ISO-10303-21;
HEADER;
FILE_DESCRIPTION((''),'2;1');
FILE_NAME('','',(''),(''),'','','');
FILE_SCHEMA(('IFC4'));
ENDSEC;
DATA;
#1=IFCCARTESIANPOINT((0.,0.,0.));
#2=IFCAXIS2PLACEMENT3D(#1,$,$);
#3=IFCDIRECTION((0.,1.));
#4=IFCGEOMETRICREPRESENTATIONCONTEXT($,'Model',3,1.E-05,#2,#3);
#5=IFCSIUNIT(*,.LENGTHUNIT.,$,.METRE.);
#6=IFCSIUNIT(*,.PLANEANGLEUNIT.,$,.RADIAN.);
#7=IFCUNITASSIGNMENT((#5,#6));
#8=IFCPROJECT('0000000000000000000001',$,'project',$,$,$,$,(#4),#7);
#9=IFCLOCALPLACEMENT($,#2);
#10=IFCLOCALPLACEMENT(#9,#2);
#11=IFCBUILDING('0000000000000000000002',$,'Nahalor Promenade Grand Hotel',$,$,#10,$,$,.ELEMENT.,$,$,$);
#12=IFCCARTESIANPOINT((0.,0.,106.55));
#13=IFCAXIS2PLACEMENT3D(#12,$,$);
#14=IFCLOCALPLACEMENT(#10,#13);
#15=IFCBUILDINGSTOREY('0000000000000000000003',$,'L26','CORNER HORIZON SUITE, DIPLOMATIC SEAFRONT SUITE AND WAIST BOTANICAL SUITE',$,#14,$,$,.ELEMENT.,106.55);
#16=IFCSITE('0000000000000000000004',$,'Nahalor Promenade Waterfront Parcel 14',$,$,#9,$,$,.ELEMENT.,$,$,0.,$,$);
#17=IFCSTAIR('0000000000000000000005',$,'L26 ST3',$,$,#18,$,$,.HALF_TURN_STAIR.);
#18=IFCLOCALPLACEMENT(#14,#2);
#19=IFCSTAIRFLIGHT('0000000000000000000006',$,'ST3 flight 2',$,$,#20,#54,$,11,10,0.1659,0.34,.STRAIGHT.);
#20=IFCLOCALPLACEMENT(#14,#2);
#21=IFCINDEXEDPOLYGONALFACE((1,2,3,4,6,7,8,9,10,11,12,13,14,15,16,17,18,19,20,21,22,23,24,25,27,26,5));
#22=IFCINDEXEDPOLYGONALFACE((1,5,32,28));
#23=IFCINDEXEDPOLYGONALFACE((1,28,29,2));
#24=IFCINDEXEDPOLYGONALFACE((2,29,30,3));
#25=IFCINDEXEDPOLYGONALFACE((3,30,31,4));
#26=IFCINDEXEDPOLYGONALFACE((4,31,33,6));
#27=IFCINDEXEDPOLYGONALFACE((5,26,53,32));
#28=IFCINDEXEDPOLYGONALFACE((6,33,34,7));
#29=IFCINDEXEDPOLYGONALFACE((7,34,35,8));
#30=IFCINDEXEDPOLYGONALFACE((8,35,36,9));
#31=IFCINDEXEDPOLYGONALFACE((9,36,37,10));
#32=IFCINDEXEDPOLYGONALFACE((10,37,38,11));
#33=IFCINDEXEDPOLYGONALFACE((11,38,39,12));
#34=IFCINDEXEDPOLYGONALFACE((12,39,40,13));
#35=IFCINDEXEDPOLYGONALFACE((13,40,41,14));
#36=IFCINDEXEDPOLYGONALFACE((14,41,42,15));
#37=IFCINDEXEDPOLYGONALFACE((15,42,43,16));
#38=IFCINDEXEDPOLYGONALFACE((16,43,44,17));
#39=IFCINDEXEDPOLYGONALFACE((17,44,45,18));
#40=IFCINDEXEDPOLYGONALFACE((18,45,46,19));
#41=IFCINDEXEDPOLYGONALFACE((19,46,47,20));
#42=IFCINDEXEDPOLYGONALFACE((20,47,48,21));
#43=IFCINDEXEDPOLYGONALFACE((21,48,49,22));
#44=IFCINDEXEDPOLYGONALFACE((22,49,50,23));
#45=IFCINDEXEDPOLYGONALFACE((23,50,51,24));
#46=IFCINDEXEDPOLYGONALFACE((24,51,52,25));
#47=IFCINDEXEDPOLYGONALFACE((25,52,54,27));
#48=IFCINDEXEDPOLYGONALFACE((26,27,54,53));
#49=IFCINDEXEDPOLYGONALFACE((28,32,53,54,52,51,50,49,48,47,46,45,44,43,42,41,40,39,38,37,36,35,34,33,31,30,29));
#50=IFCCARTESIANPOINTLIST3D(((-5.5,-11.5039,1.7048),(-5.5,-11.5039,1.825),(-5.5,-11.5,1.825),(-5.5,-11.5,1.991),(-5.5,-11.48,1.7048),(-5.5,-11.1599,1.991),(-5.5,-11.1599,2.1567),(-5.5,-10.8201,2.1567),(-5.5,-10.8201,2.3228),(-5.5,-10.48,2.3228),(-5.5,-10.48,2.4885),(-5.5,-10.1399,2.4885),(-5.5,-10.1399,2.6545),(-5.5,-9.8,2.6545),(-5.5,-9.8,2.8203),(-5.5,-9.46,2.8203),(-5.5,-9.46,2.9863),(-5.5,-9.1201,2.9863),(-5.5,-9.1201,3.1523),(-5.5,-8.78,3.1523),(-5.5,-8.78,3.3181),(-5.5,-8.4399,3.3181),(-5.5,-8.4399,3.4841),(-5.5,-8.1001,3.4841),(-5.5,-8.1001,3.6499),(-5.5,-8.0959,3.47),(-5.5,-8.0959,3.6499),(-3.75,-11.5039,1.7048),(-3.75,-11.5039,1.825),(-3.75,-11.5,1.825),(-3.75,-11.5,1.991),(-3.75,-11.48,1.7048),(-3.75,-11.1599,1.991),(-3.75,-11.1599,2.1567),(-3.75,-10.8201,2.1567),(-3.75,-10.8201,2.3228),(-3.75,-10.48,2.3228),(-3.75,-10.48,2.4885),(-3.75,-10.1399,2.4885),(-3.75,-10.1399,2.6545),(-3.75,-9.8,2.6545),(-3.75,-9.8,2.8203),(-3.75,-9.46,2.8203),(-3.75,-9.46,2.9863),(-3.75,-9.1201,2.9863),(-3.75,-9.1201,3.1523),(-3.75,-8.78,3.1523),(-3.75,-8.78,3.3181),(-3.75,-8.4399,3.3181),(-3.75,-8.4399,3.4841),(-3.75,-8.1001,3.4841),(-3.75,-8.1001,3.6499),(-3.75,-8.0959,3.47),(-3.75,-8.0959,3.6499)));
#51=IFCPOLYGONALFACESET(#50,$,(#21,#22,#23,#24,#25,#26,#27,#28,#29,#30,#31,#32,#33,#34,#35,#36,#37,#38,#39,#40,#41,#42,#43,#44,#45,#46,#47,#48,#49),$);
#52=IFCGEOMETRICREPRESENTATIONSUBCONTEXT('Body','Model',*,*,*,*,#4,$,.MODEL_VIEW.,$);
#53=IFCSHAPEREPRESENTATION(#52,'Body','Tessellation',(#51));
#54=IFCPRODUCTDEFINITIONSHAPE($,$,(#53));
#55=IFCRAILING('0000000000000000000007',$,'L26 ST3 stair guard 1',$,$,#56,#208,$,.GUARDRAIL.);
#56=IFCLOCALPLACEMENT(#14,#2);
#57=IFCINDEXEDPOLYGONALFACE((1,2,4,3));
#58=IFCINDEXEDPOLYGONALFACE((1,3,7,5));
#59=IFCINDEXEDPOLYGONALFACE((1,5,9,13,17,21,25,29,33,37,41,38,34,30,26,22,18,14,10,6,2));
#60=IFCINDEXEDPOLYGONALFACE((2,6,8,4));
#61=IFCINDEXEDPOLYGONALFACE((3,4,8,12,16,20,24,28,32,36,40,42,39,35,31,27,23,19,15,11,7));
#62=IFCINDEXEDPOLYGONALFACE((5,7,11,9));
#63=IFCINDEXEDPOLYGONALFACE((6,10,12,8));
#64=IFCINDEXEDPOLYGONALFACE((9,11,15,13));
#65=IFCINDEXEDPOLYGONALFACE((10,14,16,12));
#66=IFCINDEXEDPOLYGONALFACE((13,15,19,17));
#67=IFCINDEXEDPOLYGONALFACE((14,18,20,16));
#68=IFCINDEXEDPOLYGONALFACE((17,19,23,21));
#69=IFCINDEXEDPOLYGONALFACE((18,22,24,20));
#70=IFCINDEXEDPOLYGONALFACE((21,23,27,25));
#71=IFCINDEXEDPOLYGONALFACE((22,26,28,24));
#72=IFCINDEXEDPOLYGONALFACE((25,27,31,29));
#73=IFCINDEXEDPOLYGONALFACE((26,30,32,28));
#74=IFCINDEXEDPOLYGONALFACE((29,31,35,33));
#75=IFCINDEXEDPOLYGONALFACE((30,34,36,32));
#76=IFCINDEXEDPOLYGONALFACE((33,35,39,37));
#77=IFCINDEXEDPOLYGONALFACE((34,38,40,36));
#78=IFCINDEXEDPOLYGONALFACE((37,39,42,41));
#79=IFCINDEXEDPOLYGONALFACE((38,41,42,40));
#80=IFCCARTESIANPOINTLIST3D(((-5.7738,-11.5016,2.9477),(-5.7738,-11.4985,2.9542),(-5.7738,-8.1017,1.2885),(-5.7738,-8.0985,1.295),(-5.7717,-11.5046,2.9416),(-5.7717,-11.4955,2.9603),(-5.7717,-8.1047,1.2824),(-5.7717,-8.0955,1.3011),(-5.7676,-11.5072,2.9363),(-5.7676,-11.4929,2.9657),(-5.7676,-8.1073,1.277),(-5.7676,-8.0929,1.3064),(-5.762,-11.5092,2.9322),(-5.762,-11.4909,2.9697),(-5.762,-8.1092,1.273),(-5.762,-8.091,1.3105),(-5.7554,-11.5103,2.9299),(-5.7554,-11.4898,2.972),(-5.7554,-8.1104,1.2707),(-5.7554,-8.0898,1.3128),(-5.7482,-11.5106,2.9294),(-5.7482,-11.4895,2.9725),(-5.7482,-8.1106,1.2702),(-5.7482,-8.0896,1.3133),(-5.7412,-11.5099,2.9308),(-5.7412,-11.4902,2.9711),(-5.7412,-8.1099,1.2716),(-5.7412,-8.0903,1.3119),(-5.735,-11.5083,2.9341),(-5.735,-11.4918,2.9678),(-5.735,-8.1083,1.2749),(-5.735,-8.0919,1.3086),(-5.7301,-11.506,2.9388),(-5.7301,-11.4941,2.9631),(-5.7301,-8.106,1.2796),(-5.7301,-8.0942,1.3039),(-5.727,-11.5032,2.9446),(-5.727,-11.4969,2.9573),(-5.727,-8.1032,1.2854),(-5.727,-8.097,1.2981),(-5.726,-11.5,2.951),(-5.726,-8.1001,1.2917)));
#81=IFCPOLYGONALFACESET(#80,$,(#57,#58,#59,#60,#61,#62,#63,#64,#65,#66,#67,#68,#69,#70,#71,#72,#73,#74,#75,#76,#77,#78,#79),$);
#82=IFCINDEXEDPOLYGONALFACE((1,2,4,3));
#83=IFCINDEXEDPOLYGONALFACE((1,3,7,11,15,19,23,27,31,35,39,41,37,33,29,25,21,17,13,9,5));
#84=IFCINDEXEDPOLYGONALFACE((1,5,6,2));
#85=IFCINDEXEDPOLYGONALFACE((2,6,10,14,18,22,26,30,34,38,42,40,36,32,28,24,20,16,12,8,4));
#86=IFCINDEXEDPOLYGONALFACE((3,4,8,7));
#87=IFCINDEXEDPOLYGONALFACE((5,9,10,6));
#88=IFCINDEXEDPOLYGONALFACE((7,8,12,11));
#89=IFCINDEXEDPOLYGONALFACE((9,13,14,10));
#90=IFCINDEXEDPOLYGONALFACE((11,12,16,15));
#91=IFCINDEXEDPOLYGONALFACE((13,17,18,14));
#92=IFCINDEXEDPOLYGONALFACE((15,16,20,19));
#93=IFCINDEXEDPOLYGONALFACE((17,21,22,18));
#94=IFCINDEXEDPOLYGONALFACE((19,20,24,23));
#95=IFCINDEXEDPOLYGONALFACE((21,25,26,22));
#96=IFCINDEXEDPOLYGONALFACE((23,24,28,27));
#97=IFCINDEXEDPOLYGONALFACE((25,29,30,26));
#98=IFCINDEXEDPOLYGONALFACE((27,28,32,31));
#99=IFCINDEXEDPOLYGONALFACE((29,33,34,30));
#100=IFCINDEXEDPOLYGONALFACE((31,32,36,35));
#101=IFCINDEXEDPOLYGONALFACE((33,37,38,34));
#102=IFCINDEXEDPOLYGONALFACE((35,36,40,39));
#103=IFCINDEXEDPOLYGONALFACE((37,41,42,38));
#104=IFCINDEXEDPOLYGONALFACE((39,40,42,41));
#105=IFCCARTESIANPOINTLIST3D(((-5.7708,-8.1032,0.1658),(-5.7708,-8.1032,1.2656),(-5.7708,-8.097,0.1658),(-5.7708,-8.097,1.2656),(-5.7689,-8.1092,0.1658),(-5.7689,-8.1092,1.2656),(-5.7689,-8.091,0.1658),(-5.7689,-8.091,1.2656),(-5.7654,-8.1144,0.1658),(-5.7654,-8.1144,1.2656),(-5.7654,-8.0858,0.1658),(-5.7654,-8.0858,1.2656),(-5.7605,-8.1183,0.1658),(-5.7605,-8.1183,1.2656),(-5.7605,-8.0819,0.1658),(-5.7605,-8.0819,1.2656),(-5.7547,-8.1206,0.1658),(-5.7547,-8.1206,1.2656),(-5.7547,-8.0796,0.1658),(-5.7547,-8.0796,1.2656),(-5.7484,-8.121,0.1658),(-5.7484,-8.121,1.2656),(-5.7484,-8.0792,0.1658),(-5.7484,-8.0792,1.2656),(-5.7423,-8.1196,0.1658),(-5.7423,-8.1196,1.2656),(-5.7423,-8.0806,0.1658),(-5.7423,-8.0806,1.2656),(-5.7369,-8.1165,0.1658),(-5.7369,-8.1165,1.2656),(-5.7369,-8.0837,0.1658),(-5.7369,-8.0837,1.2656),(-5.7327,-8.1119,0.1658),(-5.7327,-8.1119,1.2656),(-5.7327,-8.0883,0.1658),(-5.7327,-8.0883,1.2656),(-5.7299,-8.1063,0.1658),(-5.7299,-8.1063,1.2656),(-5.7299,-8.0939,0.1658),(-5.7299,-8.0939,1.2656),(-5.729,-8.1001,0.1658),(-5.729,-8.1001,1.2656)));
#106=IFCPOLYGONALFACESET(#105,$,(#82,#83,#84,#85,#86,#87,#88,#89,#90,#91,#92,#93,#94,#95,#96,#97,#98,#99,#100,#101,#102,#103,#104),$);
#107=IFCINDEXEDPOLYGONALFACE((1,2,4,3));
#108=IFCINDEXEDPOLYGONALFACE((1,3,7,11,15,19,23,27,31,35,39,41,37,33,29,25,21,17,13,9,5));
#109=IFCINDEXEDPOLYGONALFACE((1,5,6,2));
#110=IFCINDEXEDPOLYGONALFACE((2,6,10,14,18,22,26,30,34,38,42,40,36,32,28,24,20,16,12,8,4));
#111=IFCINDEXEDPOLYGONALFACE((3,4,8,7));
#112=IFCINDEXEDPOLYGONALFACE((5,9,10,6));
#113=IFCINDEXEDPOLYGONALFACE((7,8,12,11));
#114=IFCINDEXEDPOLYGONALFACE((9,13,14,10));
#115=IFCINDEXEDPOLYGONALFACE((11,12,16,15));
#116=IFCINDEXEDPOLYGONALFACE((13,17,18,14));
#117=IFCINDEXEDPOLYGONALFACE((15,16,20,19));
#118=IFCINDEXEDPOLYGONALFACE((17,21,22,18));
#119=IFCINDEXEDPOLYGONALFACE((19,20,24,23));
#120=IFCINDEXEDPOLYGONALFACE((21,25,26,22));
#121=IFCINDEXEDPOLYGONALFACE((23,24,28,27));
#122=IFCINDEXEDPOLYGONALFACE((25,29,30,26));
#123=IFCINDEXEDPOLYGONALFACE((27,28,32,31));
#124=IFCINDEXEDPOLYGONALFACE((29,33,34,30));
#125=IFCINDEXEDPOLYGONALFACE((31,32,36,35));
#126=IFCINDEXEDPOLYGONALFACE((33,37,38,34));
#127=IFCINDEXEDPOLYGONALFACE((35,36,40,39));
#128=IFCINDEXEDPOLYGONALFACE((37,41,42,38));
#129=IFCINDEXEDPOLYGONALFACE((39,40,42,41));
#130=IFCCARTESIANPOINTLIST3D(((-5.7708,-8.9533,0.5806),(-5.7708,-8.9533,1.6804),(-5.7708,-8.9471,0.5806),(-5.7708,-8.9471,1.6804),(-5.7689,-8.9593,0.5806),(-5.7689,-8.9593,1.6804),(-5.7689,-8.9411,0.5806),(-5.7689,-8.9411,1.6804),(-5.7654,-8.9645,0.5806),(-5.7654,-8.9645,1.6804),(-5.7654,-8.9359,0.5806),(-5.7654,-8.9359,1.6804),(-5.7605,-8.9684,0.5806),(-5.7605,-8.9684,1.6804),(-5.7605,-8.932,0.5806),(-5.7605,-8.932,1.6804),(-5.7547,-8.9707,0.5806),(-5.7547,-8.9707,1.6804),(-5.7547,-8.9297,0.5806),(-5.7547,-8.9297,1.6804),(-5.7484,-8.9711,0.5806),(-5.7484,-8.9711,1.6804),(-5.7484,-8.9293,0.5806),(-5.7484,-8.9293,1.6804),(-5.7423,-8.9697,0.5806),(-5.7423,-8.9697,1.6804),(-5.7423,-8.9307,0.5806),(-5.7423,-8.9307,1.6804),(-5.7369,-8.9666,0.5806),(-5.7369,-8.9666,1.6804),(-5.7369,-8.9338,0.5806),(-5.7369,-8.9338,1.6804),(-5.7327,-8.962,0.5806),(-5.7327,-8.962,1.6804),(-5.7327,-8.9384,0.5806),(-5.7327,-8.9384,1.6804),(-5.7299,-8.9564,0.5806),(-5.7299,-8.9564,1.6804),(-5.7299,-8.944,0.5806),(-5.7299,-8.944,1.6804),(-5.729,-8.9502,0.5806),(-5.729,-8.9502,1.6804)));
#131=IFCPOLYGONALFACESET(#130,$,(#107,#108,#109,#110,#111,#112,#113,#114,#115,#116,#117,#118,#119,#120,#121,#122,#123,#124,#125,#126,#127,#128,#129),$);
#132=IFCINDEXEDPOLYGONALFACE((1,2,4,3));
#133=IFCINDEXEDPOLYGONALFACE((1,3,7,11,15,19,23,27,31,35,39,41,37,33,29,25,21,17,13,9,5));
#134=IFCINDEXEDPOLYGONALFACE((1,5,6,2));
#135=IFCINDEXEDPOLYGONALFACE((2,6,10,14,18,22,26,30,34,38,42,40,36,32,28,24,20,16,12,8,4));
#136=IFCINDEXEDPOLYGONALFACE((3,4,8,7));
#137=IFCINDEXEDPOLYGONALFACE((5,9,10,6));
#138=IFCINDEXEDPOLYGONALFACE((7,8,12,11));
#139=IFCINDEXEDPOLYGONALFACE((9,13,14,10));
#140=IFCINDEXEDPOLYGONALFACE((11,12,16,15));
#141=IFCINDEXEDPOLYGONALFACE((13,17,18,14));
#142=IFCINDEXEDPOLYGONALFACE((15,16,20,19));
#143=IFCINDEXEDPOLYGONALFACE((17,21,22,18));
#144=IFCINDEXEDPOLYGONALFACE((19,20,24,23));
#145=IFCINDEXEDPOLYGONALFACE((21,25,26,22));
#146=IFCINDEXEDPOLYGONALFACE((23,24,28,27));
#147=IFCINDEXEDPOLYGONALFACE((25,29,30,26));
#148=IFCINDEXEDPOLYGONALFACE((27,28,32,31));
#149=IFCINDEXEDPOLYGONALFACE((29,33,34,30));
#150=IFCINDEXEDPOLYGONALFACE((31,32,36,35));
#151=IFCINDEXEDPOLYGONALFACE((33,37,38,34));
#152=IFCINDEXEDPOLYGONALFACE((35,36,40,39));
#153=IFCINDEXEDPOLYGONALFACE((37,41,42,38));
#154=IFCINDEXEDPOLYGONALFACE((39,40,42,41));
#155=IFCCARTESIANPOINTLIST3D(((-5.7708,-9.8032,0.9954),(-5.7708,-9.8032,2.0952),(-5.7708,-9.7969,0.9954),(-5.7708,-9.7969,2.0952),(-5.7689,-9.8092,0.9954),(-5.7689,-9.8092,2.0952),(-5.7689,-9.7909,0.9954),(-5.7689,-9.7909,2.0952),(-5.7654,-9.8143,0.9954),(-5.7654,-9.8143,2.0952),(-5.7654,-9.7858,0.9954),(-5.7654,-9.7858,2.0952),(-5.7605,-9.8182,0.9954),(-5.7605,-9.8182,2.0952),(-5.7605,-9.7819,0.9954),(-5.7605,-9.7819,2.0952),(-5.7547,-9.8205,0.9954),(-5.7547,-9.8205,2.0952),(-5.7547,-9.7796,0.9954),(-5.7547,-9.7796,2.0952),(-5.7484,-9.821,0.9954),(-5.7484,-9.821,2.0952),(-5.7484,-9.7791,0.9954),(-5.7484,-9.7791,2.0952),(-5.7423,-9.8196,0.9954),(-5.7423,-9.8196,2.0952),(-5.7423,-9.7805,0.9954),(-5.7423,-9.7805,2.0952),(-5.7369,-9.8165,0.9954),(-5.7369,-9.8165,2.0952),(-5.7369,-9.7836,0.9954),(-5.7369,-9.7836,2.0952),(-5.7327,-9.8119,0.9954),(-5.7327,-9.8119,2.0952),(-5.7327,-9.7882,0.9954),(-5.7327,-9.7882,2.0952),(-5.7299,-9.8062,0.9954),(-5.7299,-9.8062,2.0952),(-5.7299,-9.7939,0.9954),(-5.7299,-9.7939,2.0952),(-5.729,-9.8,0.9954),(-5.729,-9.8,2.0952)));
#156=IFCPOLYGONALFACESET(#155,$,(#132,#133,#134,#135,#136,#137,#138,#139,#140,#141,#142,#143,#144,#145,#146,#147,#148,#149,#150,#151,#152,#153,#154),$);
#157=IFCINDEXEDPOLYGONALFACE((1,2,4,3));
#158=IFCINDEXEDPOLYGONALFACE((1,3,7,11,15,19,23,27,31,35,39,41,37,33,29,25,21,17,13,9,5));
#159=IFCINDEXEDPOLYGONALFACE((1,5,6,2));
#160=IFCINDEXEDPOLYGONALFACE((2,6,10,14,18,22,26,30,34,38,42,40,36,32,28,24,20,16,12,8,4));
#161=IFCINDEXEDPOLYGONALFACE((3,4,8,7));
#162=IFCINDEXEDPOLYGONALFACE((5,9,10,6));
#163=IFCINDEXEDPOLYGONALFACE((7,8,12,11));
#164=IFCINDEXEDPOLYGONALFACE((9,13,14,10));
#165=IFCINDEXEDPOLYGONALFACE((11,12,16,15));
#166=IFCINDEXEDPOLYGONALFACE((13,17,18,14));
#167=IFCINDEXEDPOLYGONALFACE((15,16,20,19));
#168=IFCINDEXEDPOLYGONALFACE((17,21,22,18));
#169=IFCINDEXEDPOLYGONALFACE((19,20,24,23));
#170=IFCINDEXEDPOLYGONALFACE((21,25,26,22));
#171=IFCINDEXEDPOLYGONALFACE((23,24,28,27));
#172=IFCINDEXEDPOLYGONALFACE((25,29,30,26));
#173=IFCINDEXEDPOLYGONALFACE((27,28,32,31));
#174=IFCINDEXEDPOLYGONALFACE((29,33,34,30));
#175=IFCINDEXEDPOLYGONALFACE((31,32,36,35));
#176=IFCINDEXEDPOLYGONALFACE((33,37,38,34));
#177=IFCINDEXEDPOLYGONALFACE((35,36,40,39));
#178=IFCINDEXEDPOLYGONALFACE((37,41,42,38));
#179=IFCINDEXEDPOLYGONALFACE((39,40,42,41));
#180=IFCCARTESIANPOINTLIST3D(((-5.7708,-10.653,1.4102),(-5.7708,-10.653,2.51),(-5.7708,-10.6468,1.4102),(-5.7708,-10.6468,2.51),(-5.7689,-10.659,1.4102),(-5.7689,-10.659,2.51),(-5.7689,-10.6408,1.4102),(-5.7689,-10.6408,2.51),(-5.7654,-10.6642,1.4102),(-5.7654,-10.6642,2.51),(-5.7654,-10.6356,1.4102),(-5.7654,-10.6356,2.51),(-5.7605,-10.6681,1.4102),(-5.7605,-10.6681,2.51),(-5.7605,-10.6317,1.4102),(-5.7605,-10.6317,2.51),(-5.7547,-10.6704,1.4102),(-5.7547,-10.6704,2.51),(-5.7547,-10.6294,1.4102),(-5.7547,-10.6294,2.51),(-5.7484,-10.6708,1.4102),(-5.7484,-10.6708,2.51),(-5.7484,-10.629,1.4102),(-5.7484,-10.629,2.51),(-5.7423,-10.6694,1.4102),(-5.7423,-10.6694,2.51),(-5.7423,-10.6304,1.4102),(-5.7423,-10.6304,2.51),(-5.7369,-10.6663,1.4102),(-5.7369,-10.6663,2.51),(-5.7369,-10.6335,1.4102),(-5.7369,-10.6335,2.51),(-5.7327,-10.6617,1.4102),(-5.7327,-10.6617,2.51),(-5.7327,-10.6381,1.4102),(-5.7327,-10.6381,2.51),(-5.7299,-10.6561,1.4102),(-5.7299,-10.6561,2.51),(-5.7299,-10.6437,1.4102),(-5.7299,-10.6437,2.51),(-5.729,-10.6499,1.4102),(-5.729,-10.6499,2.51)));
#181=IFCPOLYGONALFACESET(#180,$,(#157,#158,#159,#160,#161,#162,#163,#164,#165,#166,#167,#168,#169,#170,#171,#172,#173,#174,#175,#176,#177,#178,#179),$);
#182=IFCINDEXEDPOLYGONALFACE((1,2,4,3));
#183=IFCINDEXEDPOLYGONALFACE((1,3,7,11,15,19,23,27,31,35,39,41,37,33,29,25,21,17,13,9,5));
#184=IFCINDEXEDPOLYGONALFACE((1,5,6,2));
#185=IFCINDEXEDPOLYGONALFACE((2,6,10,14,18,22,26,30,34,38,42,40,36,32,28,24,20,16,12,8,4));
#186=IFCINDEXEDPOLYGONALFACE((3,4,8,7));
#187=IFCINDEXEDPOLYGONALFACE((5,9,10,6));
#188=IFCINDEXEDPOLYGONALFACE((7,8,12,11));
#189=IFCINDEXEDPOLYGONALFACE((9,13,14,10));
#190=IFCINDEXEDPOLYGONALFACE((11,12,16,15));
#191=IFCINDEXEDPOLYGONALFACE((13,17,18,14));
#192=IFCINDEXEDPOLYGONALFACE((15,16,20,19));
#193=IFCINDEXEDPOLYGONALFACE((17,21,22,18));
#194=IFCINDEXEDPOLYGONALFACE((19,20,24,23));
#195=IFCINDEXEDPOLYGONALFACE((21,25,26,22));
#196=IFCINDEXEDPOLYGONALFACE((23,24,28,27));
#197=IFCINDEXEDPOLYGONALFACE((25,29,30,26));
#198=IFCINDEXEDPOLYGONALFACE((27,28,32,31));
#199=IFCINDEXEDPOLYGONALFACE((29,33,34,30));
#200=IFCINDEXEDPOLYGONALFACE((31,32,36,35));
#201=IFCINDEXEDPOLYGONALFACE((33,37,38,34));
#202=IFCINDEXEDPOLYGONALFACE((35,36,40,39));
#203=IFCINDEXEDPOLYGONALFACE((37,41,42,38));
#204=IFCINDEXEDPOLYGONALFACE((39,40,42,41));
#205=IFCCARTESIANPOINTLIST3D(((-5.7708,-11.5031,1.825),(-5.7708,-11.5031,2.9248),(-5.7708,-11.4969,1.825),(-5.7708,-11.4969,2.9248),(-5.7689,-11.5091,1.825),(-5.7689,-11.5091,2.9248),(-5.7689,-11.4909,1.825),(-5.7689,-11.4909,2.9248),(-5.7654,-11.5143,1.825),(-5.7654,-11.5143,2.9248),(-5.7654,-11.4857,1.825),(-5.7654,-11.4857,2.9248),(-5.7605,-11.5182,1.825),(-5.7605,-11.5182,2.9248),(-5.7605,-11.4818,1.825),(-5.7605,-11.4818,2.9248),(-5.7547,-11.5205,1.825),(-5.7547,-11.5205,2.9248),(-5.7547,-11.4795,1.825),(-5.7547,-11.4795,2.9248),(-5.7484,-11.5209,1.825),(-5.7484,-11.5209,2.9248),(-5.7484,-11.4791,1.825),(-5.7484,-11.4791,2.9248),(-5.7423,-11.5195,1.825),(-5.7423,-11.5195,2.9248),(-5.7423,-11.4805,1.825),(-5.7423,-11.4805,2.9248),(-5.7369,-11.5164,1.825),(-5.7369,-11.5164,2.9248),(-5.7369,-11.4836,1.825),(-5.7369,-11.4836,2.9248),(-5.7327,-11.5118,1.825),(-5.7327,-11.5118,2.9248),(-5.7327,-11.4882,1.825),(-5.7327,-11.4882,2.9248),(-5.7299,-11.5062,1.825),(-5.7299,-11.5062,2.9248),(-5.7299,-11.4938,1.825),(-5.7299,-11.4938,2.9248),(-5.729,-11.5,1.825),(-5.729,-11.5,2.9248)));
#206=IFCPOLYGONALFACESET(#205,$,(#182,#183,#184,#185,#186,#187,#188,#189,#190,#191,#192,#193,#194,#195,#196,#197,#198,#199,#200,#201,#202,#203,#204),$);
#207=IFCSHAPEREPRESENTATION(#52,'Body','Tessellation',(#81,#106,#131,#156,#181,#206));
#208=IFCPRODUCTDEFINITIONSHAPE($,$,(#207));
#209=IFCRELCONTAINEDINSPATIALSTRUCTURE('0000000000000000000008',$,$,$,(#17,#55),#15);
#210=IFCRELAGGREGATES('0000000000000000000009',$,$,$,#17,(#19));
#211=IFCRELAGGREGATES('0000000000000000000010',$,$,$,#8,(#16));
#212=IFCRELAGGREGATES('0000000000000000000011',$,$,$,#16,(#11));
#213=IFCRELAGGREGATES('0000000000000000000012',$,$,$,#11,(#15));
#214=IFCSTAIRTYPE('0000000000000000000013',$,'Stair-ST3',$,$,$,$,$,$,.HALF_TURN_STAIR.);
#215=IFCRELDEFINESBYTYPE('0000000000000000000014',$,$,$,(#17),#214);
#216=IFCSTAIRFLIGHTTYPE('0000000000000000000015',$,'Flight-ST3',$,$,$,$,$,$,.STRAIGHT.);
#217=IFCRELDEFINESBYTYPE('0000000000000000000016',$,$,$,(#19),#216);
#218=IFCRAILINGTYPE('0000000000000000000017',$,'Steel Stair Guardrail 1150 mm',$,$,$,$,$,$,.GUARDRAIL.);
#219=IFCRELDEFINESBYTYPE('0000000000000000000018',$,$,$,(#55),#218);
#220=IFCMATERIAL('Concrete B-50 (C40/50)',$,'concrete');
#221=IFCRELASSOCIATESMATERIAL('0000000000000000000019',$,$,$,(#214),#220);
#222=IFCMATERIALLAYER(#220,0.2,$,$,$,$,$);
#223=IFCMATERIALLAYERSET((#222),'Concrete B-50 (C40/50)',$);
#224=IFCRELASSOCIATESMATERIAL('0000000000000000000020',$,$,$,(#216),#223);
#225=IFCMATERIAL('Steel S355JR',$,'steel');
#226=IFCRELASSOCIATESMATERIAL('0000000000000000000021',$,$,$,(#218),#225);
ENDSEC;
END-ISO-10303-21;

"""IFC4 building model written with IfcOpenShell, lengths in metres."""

from ifc_helpers import new_model, si_unit, direction, frame, origin, origin_2d, place, context, subcontext, project, spatial, polyline, circle, outline, extrude, source, transform, mapped, material, layer, layer_set, type_object, element, aggregate, save


model = new_model("IFC4")

# Units and contexts
model_context = context("Model", 3, precision=1e-05, world=origin(), true_north=direction((0.0, 1.0)))
body_context = subcontext(model_context, "Body", "Model", "MODEL_VIEW")
ifc_project = project(units=[si_unit("LENGTHUNIT", "METRE"), si_unit("PLANEANGLEUNIT", "RADIAN")], contexts=[model_context])

# Site, building, storey
site_placement = place(None, origin())
site = spatial("IfcSite", under=ifc_project, at=site_placement, Name="Nahalor Promenade Waterfront Parcel 14", CompositionType="ELEMENT", RefElevation=0.0)
building_placement = place(site_placement, origin())
building = spatial("IfcBuilding", under=site, at=building_placement, Name="Nahalor Promenade Grand Hotel", CompositionType="ELEMENT")
storey_placement = place(building_placement, frame((0.0, 0.0, 106.55)))
storey = spatial("IfcBuildingStorey", under=building, at=storey_placement, Name="L26", Description="CORNER HORIZON SUITE, DIPLOMATIC SEAFRONT SUITE AND WAIST BOTANICAL SUITE", CompositionType="ELEMENT", Elevation=106.55)

# Shared definitions
ifc_material_1 = material(Name="Steel S355JR", Category="steel")

# Shared definitions
ifc_material_2 = material(Name="Concrete B-50 (C40/50)", Category="concrete")

# Stair, stair flight
stair_type = type_object("IfcStairType", Name="Stair-ST3", PredefinedType="HALF_TURN_STAIR", material=ifc_material_2)
stair_placement = place(storey_placement, origin())
stair = element("IfcStair", 1, at=stair_placement, inside=storey, type_object=stair_type, Name="L26 ST3", PredefinedType="HALF_TURN_STAIR")
ifc_layer_1 = layer(ifc_material_2, 0.2)
ifc_layer_set_1 = layer_set([ifc_layer_1], Name="Concrete B-50 (C40/50)")
stair_flight_type = type_object("IfcStairFlightType", Name="Flight-ST3", PredefinedType="STRAIGHT", material=ifc_layer_set_1)
shared_shape_1 = source(origin(), body_context, "Body", "SweptSolid", [
    extrude(outline(polyline([(-0.0039, -0.1201), (-0.0039, 0.0), (0.0, 0.0), (0.0, 0.166), (0.3401, 0.166), (0.3401, 0.3318), (0.6799, 0.3318), (0.6799, 0.4978), (1.02, 0.4978), (1.02, 0.6636), (1.3601, 0.6636), (1.3601, 0.8296), (1.7, 0.8296), (1.7, 0.9954), (2.04, 0.9954), (2.04, 1.1614), (2.3799, 1.1614), (2.3799, 1.3274), (2.72, 1.3274), (2.72, 1.4932), (3.0601, 1.4932), (3.0601, 1.6592), (3.3999, 1.6592), (3.3999, 1.825), (3.4041, 1.825), (3.4041, 1.645), (0.02, -0.1201), (-0.0039, -0.1201)])), frame((0.0, 0.875, 0.0), z_axis=(0.0, -1.0, 0.0), x_axis=(1.0, 0.0, 0.0)), (0.0, 0.0, 1.0), 1.75),
])
stair_flight_1_placement = place(storey_placement, frame((-4.625, -11.5, 1.825), z_axis=(0.0, 0.0, 1.0), x_axis=(0.0, 1.0, 0.0)))
stair_flight_1 = element("IfcStairFlight", 2, at=stair_flight_1_placement, type_object=stair_flight_type, Name="ST3 flight 2", NumberOfRisers=11, NumberOfTreads=10, PredefinedType="STRAIGHT", RiserHeight=0.1659, TreadLength=0.34, context=body_context, shape_type="MappedRepresentation", body=[
    mapped(shared_shape_1, transform((0.0, 0.0, 0.0), scale=1.0)),
])
aggregate(stair, [stair_flight_1])

# Railing
railing_type_1 = type_object("IfcRailingType", Name="Steel Stair Guardrail 1150 mm", PredefinedType="GUARDRAIL", material=ifc_material_1)
railing_1_placement = place(storey_placement, frame((-5.75, -8.1001, 0.1658)))
element("IfcRailing", 3, at=railing_1_placement, inside=storey, type_object=railing_type_1, Name="L26 ST3 stair guard 1", PredefinedType="GUARDRAIL", context=body_context, shape_type="SweptSolid", body=[
    extrude(circle(Radius=0.024, at=origin_2d()), frame((0.0, 0.0, 1.126), z_axis=(0.0, -0.898696, 0.438571), x_axis=(1.0, 0.0, 0.0)), (0.0, 0.0, 1.0), 3.7832),
    extrude(circle(Radius=0.021, at=origin_2d()), origin(), (0.0, 0.0, 1.0), 1.0999),
    extrude(circle(Radius=0.021, at=origin_2d()), frame((0.0, -0.8501, 0.4148)), (0.0, 0.0, 1.0), 1.0999),
    extrude(circle(Radius=0.021, at=origin_2d()), frame((0.0, -1.7, 0.8296)), (0.0, 0.0, 1.0), 1.0999),
    extrude(circle(Radius=0.021, at=origin_2d()), frame((0.0, -2.5498, 1.2444)), (0.0, 0.0, 1.0), 1.0999),
    extrude(circle(Radius=0.021, at=origin_2d()), frame((0.0, -3.3999, 1.6592)), (0.0, 0.0, 1.0), 1.0999),
])

save(model, "model.ifc")
